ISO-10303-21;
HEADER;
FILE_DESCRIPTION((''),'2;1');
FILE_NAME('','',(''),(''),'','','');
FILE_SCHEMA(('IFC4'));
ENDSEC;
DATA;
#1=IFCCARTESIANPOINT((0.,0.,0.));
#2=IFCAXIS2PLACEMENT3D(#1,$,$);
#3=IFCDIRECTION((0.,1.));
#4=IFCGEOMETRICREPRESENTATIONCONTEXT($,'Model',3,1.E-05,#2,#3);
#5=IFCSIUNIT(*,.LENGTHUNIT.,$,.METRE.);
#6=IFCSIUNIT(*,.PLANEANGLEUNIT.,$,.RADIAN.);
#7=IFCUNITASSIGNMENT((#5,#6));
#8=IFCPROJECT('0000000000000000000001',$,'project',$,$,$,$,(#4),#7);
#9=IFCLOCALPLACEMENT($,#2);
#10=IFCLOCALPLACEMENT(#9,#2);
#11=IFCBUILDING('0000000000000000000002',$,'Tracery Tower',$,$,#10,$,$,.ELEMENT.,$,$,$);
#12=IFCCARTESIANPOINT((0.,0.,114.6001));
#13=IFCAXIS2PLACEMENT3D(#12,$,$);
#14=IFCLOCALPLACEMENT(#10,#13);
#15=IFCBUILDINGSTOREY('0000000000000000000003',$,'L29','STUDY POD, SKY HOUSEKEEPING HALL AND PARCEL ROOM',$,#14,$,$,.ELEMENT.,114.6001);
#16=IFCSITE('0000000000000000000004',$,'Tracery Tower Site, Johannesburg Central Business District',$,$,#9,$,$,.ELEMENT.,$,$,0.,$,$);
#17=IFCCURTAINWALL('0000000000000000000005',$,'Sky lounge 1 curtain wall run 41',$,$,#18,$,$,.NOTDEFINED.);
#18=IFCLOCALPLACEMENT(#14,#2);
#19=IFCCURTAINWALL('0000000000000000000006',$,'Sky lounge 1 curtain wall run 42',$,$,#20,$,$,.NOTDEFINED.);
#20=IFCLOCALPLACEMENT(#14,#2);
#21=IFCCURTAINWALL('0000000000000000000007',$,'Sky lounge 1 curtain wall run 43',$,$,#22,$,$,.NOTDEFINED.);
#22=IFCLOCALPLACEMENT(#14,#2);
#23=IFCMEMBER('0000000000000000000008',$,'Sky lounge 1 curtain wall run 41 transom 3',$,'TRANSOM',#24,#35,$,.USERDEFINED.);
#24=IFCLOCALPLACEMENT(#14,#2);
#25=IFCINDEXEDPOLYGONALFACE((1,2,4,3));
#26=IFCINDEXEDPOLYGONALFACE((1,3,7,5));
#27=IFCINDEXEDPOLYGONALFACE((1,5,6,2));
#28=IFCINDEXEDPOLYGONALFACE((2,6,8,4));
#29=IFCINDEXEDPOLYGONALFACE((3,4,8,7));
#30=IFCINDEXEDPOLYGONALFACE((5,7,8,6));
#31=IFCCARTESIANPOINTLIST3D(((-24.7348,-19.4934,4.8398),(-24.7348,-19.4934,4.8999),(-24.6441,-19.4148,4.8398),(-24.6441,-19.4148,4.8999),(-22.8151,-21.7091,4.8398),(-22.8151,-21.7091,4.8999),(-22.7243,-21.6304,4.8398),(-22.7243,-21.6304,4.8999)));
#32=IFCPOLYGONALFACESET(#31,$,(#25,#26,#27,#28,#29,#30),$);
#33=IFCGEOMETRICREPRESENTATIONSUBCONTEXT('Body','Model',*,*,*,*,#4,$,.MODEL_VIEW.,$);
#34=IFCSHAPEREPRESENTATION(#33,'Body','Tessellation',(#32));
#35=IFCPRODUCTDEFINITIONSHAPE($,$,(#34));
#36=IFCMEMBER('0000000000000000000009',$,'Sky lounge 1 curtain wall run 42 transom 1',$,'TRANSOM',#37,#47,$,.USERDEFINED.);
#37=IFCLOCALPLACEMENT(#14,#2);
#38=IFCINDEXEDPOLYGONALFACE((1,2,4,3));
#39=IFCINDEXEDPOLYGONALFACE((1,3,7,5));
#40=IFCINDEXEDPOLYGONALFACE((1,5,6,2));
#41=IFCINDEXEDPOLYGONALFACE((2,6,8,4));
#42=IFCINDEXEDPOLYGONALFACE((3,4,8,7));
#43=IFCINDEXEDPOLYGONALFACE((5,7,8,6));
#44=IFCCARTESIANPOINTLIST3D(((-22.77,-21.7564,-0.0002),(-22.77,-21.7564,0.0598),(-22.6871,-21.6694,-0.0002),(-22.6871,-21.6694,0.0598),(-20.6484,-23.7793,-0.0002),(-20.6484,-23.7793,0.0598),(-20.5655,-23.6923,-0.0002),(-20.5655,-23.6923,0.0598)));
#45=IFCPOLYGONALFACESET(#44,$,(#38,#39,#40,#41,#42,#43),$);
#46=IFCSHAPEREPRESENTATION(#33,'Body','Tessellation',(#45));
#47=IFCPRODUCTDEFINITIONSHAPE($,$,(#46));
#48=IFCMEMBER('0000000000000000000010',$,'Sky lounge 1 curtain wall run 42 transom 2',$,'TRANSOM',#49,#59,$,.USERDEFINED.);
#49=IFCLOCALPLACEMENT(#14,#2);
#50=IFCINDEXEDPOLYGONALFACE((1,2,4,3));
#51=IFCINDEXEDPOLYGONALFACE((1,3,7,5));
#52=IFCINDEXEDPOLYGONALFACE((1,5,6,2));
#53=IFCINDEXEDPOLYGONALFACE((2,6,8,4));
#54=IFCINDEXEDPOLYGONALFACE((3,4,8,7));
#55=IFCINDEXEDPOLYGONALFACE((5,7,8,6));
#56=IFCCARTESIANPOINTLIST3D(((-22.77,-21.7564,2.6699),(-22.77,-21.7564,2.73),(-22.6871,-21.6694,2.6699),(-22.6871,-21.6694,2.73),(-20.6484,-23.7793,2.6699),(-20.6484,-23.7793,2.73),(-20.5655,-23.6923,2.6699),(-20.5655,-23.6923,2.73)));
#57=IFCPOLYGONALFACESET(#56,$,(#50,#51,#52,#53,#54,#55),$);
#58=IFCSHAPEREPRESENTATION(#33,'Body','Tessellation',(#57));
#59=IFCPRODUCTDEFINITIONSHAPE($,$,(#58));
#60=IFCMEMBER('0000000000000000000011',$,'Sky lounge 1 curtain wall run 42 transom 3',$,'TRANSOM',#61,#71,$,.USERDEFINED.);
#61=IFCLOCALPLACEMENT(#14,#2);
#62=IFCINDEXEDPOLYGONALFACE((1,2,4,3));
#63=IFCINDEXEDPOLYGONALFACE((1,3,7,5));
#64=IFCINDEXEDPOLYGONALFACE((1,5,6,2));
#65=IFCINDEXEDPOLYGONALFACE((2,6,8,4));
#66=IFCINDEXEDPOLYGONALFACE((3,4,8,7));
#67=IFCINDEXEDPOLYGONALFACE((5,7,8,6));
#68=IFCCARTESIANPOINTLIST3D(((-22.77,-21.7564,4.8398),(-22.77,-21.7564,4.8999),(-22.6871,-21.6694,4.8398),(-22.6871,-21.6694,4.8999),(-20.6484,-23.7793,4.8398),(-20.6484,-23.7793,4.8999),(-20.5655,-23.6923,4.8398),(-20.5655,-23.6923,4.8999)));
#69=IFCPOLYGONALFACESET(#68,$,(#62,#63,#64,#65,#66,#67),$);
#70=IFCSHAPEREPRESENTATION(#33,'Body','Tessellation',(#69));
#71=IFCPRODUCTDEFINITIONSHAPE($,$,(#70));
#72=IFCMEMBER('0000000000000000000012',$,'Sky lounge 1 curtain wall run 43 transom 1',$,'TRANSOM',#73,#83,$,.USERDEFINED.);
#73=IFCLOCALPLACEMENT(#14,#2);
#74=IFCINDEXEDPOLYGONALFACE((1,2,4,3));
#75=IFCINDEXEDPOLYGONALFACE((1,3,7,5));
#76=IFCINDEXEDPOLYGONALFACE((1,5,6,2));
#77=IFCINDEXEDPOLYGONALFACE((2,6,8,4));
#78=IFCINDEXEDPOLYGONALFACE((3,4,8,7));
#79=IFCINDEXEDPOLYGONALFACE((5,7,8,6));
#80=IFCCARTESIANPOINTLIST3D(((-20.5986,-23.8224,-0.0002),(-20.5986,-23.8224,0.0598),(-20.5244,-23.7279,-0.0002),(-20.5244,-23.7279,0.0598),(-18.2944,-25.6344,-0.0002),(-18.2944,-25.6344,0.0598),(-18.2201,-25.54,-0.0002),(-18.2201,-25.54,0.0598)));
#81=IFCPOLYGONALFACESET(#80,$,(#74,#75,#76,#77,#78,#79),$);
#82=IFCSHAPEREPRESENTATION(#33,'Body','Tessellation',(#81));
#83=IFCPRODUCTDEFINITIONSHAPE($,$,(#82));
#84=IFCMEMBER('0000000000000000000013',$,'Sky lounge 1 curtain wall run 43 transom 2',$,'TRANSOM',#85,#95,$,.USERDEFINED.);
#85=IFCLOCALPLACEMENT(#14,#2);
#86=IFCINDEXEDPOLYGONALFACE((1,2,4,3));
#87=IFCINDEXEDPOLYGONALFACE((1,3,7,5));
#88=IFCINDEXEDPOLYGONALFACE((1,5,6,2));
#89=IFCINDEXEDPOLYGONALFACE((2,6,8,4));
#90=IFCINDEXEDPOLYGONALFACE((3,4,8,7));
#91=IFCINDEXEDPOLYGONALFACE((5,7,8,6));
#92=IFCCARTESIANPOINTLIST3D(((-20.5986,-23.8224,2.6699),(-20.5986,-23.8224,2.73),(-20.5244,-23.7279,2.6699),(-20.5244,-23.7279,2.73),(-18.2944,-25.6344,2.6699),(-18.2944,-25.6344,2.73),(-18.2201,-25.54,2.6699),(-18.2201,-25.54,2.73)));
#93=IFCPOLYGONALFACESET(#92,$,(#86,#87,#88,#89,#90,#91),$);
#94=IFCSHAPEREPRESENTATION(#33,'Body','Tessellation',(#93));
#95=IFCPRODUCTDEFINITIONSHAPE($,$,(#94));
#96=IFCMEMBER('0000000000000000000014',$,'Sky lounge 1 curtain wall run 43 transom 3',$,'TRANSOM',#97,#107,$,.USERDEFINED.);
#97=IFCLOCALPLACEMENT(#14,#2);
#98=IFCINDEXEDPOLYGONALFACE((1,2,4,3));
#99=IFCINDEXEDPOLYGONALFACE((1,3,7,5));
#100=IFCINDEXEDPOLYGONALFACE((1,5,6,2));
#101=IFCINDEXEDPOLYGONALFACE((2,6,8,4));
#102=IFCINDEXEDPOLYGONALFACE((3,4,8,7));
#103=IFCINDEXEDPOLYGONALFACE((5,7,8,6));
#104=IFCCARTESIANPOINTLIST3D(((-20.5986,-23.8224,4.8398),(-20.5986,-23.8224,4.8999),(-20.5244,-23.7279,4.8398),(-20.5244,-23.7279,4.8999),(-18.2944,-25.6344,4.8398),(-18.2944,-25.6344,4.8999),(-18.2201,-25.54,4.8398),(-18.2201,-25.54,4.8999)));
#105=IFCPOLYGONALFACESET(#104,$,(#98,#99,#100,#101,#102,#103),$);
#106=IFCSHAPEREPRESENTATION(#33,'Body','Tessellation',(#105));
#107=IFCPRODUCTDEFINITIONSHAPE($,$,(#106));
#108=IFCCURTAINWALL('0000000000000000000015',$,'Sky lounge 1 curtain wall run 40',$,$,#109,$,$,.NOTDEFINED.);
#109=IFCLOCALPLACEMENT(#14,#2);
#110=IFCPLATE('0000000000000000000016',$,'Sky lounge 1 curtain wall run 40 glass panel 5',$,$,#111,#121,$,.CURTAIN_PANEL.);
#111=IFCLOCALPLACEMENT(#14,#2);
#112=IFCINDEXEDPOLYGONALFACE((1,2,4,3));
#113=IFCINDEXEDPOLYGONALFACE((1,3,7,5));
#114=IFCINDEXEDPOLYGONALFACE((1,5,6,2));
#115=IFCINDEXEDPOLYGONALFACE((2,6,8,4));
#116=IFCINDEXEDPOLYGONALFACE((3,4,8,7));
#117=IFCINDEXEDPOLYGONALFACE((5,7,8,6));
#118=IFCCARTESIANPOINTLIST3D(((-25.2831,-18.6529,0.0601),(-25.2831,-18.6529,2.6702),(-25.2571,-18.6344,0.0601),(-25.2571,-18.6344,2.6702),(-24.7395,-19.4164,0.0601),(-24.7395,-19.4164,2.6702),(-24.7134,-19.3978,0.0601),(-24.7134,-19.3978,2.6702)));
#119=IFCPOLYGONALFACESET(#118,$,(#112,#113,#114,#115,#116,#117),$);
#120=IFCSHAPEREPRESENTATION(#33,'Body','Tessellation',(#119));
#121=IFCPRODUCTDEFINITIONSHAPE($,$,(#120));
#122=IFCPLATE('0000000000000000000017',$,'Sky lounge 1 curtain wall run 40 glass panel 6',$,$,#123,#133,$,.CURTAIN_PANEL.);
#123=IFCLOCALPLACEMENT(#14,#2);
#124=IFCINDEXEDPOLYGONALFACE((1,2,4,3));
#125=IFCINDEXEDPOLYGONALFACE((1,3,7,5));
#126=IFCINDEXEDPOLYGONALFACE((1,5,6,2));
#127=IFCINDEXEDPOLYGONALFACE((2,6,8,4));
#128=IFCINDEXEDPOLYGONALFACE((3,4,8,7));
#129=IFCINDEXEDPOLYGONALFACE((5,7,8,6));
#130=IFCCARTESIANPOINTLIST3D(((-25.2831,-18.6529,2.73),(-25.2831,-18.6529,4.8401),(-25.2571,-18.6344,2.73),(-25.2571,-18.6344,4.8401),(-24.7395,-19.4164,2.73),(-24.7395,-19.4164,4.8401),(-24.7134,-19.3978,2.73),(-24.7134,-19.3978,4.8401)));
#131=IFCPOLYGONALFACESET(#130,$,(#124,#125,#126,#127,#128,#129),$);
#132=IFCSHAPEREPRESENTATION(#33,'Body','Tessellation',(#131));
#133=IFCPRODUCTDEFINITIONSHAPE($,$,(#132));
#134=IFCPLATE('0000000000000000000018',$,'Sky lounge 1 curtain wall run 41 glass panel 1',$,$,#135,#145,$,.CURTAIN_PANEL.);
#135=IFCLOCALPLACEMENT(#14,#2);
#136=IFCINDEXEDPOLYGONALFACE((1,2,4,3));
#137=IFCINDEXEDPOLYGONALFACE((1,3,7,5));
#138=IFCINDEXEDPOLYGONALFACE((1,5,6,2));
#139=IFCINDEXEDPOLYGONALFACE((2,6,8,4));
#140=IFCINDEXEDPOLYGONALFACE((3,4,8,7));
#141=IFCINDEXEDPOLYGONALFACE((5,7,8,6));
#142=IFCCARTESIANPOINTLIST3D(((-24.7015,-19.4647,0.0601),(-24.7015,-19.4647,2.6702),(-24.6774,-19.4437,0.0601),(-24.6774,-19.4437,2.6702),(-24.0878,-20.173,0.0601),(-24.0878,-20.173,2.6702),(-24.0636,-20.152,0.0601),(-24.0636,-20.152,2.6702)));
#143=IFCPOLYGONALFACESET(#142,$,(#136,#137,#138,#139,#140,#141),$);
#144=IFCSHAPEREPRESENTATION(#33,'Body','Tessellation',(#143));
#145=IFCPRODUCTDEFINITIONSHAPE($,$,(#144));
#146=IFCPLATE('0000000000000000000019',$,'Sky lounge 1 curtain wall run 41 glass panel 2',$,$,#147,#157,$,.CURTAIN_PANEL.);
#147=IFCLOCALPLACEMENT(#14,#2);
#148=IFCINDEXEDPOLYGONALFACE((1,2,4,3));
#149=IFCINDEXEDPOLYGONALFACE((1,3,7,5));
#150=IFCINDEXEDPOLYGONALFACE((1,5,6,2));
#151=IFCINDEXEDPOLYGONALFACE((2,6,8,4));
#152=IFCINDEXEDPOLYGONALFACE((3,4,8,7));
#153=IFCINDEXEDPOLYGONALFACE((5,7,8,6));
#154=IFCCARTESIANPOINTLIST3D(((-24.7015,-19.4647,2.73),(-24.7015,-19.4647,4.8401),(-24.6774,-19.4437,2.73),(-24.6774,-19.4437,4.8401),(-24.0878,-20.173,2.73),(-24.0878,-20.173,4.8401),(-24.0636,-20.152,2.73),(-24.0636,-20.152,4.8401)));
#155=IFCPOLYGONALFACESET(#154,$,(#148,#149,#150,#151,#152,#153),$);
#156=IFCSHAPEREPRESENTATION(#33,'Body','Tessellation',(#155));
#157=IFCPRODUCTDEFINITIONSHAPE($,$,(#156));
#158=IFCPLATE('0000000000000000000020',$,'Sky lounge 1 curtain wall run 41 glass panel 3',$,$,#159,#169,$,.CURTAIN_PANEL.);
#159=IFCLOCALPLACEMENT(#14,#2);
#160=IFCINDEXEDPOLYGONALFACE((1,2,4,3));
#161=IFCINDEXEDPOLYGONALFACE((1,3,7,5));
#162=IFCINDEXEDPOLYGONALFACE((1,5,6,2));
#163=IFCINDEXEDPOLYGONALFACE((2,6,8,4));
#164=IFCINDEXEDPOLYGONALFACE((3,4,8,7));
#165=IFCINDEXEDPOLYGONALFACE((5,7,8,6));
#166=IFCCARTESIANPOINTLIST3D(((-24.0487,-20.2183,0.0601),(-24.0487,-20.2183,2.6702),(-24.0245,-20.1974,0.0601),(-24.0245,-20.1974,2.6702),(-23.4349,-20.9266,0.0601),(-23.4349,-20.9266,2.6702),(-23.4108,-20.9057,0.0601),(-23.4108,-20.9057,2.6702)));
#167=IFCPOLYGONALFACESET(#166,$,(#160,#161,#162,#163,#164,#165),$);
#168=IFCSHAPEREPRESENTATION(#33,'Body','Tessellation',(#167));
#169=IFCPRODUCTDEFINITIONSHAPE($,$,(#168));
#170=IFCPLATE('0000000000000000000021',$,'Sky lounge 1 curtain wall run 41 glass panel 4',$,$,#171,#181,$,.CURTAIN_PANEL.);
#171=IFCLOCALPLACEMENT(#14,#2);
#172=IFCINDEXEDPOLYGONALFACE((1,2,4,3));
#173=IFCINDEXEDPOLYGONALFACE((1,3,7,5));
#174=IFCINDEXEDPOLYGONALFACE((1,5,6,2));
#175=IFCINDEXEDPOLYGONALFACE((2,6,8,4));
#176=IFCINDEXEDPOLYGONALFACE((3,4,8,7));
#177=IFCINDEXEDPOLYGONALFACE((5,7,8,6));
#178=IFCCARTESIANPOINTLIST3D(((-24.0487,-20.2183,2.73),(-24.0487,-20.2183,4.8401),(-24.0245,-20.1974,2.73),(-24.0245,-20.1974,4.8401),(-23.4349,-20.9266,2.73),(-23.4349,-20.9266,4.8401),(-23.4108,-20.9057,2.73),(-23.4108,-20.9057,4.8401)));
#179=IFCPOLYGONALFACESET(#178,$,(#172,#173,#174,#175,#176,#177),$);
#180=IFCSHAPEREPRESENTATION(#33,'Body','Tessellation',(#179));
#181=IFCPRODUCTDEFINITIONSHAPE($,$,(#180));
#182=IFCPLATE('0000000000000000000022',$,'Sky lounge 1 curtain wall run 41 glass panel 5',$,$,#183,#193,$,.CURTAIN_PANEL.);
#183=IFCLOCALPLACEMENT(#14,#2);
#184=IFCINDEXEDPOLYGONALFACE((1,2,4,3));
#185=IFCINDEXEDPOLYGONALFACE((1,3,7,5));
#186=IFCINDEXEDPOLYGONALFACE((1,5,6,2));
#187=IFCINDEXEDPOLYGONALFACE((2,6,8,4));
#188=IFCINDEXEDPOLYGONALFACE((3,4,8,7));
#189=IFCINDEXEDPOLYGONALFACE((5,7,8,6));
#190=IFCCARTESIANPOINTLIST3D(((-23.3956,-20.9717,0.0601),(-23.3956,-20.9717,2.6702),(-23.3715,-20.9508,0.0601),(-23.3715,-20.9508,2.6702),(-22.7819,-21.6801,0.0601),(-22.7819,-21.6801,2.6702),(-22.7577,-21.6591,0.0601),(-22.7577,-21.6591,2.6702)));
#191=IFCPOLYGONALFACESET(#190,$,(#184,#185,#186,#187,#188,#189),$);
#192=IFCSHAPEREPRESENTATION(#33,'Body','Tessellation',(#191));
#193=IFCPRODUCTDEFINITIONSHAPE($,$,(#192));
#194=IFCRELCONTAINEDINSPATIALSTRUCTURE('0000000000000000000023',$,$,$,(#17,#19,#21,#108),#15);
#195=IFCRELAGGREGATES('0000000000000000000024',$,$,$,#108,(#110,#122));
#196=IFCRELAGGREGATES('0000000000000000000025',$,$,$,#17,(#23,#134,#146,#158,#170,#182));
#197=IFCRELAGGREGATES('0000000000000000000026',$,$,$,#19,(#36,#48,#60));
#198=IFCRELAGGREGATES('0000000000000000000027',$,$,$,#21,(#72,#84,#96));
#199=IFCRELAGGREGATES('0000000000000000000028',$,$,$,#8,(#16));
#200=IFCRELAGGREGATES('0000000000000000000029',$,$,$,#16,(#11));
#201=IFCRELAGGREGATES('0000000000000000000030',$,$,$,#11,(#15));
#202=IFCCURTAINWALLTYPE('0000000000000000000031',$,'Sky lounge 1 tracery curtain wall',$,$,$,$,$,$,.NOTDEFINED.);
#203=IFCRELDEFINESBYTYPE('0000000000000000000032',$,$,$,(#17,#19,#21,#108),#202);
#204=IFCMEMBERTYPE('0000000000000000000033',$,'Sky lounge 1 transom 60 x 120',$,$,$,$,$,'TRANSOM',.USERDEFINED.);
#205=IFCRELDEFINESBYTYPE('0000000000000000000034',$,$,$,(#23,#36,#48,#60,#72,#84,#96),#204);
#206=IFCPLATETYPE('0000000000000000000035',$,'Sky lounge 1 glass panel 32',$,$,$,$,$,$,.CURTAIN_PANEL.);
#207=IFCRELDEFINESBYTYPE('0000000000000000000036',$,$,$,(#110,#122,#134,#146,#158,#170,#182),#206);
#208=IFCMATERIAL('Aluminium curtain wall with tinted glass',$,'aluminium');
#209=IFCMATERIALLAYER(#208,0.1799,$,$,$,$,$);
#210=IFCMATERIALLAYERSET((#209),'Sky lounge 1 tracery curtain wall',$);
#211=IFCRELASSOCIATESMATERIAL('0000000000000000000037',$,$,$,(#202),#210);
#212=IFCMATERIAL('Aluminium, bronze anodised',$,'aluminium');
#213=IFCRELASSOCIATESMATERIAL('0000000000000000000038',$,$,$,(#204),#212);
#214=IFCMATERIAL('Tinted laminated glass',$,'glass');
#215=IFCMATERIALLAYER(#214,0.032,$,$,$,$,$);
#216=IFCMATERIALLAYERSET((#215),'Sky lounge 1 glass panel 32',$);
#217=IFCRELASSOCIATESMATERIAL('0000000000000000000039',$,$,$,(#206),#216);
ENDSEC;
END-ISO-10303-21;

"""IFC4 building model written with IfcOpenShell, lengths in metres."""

from ifc_helpers import new_model, si_unit, direction, frame, origin, origin_2d, place, context, subcontext, project, spatial, rectangle, extrude, material, layer, layer_set, material_profile, profile_set, type_object, element, aggregate, save


model = new_model("IFC4")

# Units and contexts
model_context = context("Model", 3, precision=1e-05, world=origin(), true_north=direction((0.0, 1.0)))
body_context = subcontext(model_context, "Body", "Model", "MODEL_VIEW")
ifc_project = project(units=[si_unit("LENGTHUNIT", "METRE"), si_unit("PLANEANGLEUNIT", "RADIAN")], contexts=[model_context])

# Site, building, storey
site_placement = place(None, origin())
site = spatial("IfcSite", under=ifc_project, at=site_placement, Name="Tracery Tower Site, Johannesburg Central Business District", CompositionType="ELEMENT", RefElevation=0.0)
building_placement = place(site_placement, origin())
building = spatial("IfcBuilding", under=site, at=building_placement, Name="Tracery Tower", CompositionType="ELEMENT")
storey_placement = place(building_placement, frame((0.0, 0.0, 114.6001)))
storey = spatial("IfcBuildingStorey", under=building, at=storey_placement, Name="L29", Description="STUDY POD, SKY HOUSEKEEPING HALL AND PARCEL ROOM", CompositionType="ELEMENT", Elevation=114.6001)

# Curtain walls
ifc_material_1 = material(Name="Aluminium curtain wall with tinted glass", Category="aluminium")
ifc_layer_1 = layer(ifc_material_1, 0.1799)
ifc_layer_set_1 = layer_set([ifc_layer_1], Name="Sky lounge 1 tracery curtain wall")
curtain_wall_type = type_object("IfcCurtainWallType", Name="Sky lounge 1 tracery curtain wall", PredefinedType="NOTDEFINED", material=ifc_layer_set_1)
curtain_wall_1_placement = place(storey_placement, origin())
curtain_wall_1 = element("IfcCurtainWall", 1, at=curtain_wall_1_placement, inside=storey, type_object=curtain_wall_type, Name="Sky lounge 1 curtain wall run 41", PredefinedType="NOTDEFINED")
curtain_wall_2_placement = place(storey_placement, origin())
curtain_wall_2 = element("IfcCurtainWall", 2, at=curtain_wall_2_placement, inside=storey, type_object=curtain_wall_type, Name="Sky lounge 1 curtain wall run 42", PredefinedType="NOTDEFINED")

# Curtain wall
curtain_wall_3_placement = place(storey_placement, origin())
curtain_wall_3 = element("IfcCurtainWall", 3, at=curtain_wall_3_placement, inside=storey, type_object=curtain_wall_type, Name="Sky lounge 1 curtain wall run 43", PredefinedType="NOTDEFINED")

# Members
ifc_material_2 = material(Name="Aluminium, bronze anodised", Category="aluminium")
ifc_material_profile_1 = material_profile(ifc_material_2, rectangle(XDim=0.1201, YDim=0.0601, at=origin_2d()), Name="AL 60x120")
ifc_profile_set_1 = profile_set([ifc_material_profile_1], Name="Aluminium, bronze anodised")
member_type_1 = type_object("IfcMemberType", Name="Sky lounge 1 transom 60 x 120", ElementType="TRANSOM", PredefinedType="USERDEFINED", material=ifc_profile_set_1)
member_1_placement = place(storey_placement, frame((-24.6895, -19.4541, 4.8699), z_axis=(0.654835, -0.755772, 0.0), x_axis=(0.755772, 0.654835, 0.0)))
member_1 = element("IfcMember", 4, at=member_1_placement, type_object=member_type_1, Name="Sky lounge 1 curtain wall run 41 transom 3", ObjectType="TRANSOM", PredefinedType="USERDEFINED", context=body_context, shape_type="SweptSolid", body=[
    extrude(rectangle(XDim=0.1201, YDim=0.0601, at=origin_2d()), origin(), (0.0, 0.0, 1.0), 2.9316),
])
member_2_placement = place(storey_placement, frame((-22.7285, -21.7129, 0.0298), z_axis=(0.72373, -0.690083, 0.0), x_axis=(0.690083, 0.72373, 0.0)))
member_2 = element("IfcMember", 5, at=member_2_placement, type_object=member_type_1, Name="Sky lounge 1 curtain wall run 42 transom 1", ObjectType="TRANSOM", PredefinedType="USERDEFINED", context=body_context, shape_type="SweptSolid", body=[
    extrude(rectangle(XDim=0.1201, YDim=0.0601, at=origin_2d()), origin(), (0.0, 0.0, 1.0), 2.9314),
])
member_3_placement = place(storey_placement, frame((-22.7285, -21.7129, 2.7), z_axis=(0.72373, -0.690083, 0.0), x_axis=(0.690083, 0.72373, 0.0)))
member_3 = element("IfcMember", 6, at=member_3_placement, type_object=member_type_1, Name="Sky lounge 1 curtain wall run 42 transom 2", ObjectType="TRANSOM", PredefinedType="USERDEFINED", context=body_context, shape_type="SweptSolid", body=[
    extrude(rectangle(XDim=0.1201, YDim=0.0601, at=origin_2d()), origin(), (0.0, 0.0, 1.0), 2.9314),
])
member_4_placement = place(storey_placement, frame((-22.7285, -21.7129, 4.8699), z_axis=(0.72373, -0.690083, 0.0), x_axis=(0.690083, 0.72373, 0.0)))
member_4 = element("IfcMember", 7, at=member_4_placement, type_object=member_type_1, Name="Sky lounge 1 curtain wall run 42 transom 3", ObjectType="TRANSOM", PredefinedType="USERDEFINED", context=body_context, shape_type="SweptSolid", body=[
    extrude(rectangle(XDim=0.1201, YDim=0.0601, at=origin_2d()), origin(), (0.0, 0.0, 1.0), 2.9314),
])
member_5_placement = place(storey_placement, frame((-20.5615, -23.7751, 0.0298), z_axis=(0.786058, -0.618153, 0.0), x_axis=(0.618153, 0.786058, 0.0)))
member_5 = element("IfcMember", 8, at=member_5_placement, type_object=member_type_1, Name="Sky lounge 1 curtain wall run 43 transom 1", ObjectType="TRANSOM", PredefinedType="USERDEFINED", context=body_context, shape_type="SweptSolid", body=[
    extrude(rectangle(XDim=0.1201, YDim=0.0601, at=origin_2d()), origin(), (0.0, 0.0, 1.0), 2.9314),
])
member_6_placement = place(storey_placement, frame((-20.5615, -23.7751, 2.7), z_axis=(0.786058, -0.618153, 0.0), x_axis=(0.618153, 0.786058, 0.0)))
member_6 = element("IfcMember", 9, at=member_6_placement, type_object=member_type_1, Name="Sky lounge 1 curtain wall run 43 transom 2", ObjectType="TRANSOM", PredefinedType="USERDEFINED", context=body_context, shape_type="SweptSolid", body=[
    extrude(rectangle(XDim=0.1201, YDim=0.0601, at=origin_2d()), origin(), (0.0, 0.0, 1.0), 2.9314),
])
member_7_placement = place(storey_placement, frame((-20.5615, -23.7751, 4.8699), z_axis=(0.786058, -0.618153, 0.0), x_axis=(0.618153, 0.786058, 0.0)))
member_7 = element("IfcMember", 10, at=member_7_placement, type_object=member_type_1, Name="Sky lounge 1 curtain wall run 43 transom 3", ObjectType="TRANSOM", PredefinedType="USERDEFINED", context=body_context, shape_type="SweptSolid", body=[
    extrude(rectangle(XDim=0.1201, YDim=0.0601, at=origin_2d()), origin(), (0.0, 0.0, 1.0), 2.9314),
])

# Curtain wall, plates
curtain_wall_4_placement = place(storey_placement, origin())
curtain_wall_4 = element("IfcCurtainWall", 11, at=curtain_wall_4_placement, inside=storey, type_object=curtain_wall_type, Name="Sky lounge 1 curtain wall run 40", PredefinedType="NOTDEFINED")
ifc_material_3 = material(Name="Tinted laminated glass", Category="glass")
ifc_layer_2 = layer(ifc_material_3, 0.032)
ifc_layer_set_2 = layer_set([ifc_layer_2], Name="Sky lounge 1 glass panel 32")
plate_type = type_object("IfcPlateType", Name="Sky lounge 1 glass panel 32", PredefinedType="CURTAIN_PANEL", material=ifc_layer_set_2)
plate_1_placement = place(storey_placement, frame((-24.9983, -19.0254, 0.0601), z_axis=(0.0, 0.0, 1.0), x_axis=(0.580057, -0.814576, 0.0)))
plate_1 = element("IfcPlate", 12, at=plate_1_placement, type_object=plate_type, Name="Sky lounge 1 curtain wall run 40 glass panel 5", PredefinedType="CURTAIN_PANEL", context=body_context, shape_type="SweptSolid", body=[
    extrude(rectangle(XDim=0.9373, YDim=0.032, at=origin_2d()), origin(), (0.0, 0.0, 1.0), 2.6101),
])
plate_2_placement = place(storey_placement, frame((-24.9983, -19.0254, 2.73), z_axis=(0.0, 0.0, 1.0), x_axis=(0.580057, -0.814576, 0.0)))
plate_2 = element("IfcPlate", 13, at=plate_2_placement, type_object=plate_type, Name="Sky lounge 1 curtain wall run 40 glass panel 6", PredefinedType="CURTAIN_PANEL", context=body_context, shape_type="SweptSolid", body=[
    extrude(rectangle(XDim=0.9373, YDim=0.032, at=origin_2d()), origin(), (0.0, 0.0, 1.0), 2.1101),
])
aggregate(curtain_wall_4, [plate_1, plate_2])

# Plates
plate_3_placement = place(storey_placement, frame((-24.3826, -19.8083, 0.0601), z_axis=(0.0, 0.0, 1.0), x_axis=(0.654861, -0.75575, 0.0)))
plate_3 = element("IfcPlate", 14, at=plate_3_placement, type_object=plate_type, Name="Sky lounge 1 curtain wall run 41 glass panel 1", PredefinedType="CURTAIN_PANEL", context=body_context, shape_type="SweptSolid", body=[
    extrude(rectangle(XDim=0.9373, YDim=0.032, at=origin_2d()), origin(), (0.0, 0.0, 1.0), 2.6101),
])
plate_4_placement = place(storey_placement, frame((-24.3826, -19.8083, 2.73), z_axis=(0.0, 0.0, 1.0), x_axis=(0.654861, -0.75575, 0.0)))
plate_4 = element("IfcPlate", 15, at=plate_4_placement, type_object=plate_type, Name="Sky lounge 1 curtain wall run 41 glass panel 2", PredefinedType="CURTAIN_PANEL", context=body_context, shape_type="SweptSolid", body=[
    extrude(rectangle(XDim=0.9373, YDim=0.032, at=origin_2d()), origin(), (0.0, 0.0, 1.0), 2.1101),
])
plate_5_placement = place(storey_placement, frame((-23.7297, -20.562, 0.0601), z_axis=(0.0, 0.0, 1.0), x_axis=(0.654861, -0.75575, 0.0)))
plate_5 = element("IfcPlate", 16, at=plate_5_placement, type_object=plate_type, Name="Sky lounge 1 curtain wall run 41 glass panel 3", PredefinedType="CURTAIN_PANEL", context=body_context, shape_type="SweptSolid", body=[
    extrude(rectangle(XDim=0.9373, YDim=0.032, at=origin_2d()), origin(), (0.0, 0.0, 1.0), 2.6101),
])
plate_6_placement = place(storey_placement, frame((-23.7297, -20.562, 2.73), z_axis=(0.0, 0.0, 1.0), x_axis=(0.654861, -0.75575, 0.0)))
plate_6 = element("IfcPlate", 17, at=plate_6_placement, type_object=plate_type, Name="Sky lounge 1 curtain wall run 41 glass panel 4", PredefinedType="CURTAIN_PANEL", context=body_context, shape_type="SweptSolid", body=[
    extrude(rectangle(XDim=0.9373, YDim=0.032, at=origin_2d()), origin(), (0.0, 0.0, 1.0), 2.1101),
])
plate_7_placement = place(storey_placement, frame((-23.0767, -21.3154, 0.0601), z_axis=(0.0, 0.0, 1.0), x_axis=(0.654861, -0.75575, 0.0)))
plate_7 = element("IfcPlate", 18, at=plate_7_placement, type_object=plate_type, Name="Sky lounge 1 curtain wall run 41 glass panel 5", PredefinedType="CURTAIN_PANEL", context=body_context, shape_type="SweptSolid", body=[
    extrude(rectangle(XDim=0.9373, YDim=0.032, at=origin_2d()), origin(), (0.0, 0.0, 1.0), 2.6101),
])
aggregate(curtain_wall_1, [member_1, plate_3, plate_4, plate_5, plate_6, plate_7])
aggregate(curtain_wall_2, [member_2, member_3, member_4])
aggregate(curtain_wall_3, [member_5, member_6, member_7])

save(model, "model.ifc")
